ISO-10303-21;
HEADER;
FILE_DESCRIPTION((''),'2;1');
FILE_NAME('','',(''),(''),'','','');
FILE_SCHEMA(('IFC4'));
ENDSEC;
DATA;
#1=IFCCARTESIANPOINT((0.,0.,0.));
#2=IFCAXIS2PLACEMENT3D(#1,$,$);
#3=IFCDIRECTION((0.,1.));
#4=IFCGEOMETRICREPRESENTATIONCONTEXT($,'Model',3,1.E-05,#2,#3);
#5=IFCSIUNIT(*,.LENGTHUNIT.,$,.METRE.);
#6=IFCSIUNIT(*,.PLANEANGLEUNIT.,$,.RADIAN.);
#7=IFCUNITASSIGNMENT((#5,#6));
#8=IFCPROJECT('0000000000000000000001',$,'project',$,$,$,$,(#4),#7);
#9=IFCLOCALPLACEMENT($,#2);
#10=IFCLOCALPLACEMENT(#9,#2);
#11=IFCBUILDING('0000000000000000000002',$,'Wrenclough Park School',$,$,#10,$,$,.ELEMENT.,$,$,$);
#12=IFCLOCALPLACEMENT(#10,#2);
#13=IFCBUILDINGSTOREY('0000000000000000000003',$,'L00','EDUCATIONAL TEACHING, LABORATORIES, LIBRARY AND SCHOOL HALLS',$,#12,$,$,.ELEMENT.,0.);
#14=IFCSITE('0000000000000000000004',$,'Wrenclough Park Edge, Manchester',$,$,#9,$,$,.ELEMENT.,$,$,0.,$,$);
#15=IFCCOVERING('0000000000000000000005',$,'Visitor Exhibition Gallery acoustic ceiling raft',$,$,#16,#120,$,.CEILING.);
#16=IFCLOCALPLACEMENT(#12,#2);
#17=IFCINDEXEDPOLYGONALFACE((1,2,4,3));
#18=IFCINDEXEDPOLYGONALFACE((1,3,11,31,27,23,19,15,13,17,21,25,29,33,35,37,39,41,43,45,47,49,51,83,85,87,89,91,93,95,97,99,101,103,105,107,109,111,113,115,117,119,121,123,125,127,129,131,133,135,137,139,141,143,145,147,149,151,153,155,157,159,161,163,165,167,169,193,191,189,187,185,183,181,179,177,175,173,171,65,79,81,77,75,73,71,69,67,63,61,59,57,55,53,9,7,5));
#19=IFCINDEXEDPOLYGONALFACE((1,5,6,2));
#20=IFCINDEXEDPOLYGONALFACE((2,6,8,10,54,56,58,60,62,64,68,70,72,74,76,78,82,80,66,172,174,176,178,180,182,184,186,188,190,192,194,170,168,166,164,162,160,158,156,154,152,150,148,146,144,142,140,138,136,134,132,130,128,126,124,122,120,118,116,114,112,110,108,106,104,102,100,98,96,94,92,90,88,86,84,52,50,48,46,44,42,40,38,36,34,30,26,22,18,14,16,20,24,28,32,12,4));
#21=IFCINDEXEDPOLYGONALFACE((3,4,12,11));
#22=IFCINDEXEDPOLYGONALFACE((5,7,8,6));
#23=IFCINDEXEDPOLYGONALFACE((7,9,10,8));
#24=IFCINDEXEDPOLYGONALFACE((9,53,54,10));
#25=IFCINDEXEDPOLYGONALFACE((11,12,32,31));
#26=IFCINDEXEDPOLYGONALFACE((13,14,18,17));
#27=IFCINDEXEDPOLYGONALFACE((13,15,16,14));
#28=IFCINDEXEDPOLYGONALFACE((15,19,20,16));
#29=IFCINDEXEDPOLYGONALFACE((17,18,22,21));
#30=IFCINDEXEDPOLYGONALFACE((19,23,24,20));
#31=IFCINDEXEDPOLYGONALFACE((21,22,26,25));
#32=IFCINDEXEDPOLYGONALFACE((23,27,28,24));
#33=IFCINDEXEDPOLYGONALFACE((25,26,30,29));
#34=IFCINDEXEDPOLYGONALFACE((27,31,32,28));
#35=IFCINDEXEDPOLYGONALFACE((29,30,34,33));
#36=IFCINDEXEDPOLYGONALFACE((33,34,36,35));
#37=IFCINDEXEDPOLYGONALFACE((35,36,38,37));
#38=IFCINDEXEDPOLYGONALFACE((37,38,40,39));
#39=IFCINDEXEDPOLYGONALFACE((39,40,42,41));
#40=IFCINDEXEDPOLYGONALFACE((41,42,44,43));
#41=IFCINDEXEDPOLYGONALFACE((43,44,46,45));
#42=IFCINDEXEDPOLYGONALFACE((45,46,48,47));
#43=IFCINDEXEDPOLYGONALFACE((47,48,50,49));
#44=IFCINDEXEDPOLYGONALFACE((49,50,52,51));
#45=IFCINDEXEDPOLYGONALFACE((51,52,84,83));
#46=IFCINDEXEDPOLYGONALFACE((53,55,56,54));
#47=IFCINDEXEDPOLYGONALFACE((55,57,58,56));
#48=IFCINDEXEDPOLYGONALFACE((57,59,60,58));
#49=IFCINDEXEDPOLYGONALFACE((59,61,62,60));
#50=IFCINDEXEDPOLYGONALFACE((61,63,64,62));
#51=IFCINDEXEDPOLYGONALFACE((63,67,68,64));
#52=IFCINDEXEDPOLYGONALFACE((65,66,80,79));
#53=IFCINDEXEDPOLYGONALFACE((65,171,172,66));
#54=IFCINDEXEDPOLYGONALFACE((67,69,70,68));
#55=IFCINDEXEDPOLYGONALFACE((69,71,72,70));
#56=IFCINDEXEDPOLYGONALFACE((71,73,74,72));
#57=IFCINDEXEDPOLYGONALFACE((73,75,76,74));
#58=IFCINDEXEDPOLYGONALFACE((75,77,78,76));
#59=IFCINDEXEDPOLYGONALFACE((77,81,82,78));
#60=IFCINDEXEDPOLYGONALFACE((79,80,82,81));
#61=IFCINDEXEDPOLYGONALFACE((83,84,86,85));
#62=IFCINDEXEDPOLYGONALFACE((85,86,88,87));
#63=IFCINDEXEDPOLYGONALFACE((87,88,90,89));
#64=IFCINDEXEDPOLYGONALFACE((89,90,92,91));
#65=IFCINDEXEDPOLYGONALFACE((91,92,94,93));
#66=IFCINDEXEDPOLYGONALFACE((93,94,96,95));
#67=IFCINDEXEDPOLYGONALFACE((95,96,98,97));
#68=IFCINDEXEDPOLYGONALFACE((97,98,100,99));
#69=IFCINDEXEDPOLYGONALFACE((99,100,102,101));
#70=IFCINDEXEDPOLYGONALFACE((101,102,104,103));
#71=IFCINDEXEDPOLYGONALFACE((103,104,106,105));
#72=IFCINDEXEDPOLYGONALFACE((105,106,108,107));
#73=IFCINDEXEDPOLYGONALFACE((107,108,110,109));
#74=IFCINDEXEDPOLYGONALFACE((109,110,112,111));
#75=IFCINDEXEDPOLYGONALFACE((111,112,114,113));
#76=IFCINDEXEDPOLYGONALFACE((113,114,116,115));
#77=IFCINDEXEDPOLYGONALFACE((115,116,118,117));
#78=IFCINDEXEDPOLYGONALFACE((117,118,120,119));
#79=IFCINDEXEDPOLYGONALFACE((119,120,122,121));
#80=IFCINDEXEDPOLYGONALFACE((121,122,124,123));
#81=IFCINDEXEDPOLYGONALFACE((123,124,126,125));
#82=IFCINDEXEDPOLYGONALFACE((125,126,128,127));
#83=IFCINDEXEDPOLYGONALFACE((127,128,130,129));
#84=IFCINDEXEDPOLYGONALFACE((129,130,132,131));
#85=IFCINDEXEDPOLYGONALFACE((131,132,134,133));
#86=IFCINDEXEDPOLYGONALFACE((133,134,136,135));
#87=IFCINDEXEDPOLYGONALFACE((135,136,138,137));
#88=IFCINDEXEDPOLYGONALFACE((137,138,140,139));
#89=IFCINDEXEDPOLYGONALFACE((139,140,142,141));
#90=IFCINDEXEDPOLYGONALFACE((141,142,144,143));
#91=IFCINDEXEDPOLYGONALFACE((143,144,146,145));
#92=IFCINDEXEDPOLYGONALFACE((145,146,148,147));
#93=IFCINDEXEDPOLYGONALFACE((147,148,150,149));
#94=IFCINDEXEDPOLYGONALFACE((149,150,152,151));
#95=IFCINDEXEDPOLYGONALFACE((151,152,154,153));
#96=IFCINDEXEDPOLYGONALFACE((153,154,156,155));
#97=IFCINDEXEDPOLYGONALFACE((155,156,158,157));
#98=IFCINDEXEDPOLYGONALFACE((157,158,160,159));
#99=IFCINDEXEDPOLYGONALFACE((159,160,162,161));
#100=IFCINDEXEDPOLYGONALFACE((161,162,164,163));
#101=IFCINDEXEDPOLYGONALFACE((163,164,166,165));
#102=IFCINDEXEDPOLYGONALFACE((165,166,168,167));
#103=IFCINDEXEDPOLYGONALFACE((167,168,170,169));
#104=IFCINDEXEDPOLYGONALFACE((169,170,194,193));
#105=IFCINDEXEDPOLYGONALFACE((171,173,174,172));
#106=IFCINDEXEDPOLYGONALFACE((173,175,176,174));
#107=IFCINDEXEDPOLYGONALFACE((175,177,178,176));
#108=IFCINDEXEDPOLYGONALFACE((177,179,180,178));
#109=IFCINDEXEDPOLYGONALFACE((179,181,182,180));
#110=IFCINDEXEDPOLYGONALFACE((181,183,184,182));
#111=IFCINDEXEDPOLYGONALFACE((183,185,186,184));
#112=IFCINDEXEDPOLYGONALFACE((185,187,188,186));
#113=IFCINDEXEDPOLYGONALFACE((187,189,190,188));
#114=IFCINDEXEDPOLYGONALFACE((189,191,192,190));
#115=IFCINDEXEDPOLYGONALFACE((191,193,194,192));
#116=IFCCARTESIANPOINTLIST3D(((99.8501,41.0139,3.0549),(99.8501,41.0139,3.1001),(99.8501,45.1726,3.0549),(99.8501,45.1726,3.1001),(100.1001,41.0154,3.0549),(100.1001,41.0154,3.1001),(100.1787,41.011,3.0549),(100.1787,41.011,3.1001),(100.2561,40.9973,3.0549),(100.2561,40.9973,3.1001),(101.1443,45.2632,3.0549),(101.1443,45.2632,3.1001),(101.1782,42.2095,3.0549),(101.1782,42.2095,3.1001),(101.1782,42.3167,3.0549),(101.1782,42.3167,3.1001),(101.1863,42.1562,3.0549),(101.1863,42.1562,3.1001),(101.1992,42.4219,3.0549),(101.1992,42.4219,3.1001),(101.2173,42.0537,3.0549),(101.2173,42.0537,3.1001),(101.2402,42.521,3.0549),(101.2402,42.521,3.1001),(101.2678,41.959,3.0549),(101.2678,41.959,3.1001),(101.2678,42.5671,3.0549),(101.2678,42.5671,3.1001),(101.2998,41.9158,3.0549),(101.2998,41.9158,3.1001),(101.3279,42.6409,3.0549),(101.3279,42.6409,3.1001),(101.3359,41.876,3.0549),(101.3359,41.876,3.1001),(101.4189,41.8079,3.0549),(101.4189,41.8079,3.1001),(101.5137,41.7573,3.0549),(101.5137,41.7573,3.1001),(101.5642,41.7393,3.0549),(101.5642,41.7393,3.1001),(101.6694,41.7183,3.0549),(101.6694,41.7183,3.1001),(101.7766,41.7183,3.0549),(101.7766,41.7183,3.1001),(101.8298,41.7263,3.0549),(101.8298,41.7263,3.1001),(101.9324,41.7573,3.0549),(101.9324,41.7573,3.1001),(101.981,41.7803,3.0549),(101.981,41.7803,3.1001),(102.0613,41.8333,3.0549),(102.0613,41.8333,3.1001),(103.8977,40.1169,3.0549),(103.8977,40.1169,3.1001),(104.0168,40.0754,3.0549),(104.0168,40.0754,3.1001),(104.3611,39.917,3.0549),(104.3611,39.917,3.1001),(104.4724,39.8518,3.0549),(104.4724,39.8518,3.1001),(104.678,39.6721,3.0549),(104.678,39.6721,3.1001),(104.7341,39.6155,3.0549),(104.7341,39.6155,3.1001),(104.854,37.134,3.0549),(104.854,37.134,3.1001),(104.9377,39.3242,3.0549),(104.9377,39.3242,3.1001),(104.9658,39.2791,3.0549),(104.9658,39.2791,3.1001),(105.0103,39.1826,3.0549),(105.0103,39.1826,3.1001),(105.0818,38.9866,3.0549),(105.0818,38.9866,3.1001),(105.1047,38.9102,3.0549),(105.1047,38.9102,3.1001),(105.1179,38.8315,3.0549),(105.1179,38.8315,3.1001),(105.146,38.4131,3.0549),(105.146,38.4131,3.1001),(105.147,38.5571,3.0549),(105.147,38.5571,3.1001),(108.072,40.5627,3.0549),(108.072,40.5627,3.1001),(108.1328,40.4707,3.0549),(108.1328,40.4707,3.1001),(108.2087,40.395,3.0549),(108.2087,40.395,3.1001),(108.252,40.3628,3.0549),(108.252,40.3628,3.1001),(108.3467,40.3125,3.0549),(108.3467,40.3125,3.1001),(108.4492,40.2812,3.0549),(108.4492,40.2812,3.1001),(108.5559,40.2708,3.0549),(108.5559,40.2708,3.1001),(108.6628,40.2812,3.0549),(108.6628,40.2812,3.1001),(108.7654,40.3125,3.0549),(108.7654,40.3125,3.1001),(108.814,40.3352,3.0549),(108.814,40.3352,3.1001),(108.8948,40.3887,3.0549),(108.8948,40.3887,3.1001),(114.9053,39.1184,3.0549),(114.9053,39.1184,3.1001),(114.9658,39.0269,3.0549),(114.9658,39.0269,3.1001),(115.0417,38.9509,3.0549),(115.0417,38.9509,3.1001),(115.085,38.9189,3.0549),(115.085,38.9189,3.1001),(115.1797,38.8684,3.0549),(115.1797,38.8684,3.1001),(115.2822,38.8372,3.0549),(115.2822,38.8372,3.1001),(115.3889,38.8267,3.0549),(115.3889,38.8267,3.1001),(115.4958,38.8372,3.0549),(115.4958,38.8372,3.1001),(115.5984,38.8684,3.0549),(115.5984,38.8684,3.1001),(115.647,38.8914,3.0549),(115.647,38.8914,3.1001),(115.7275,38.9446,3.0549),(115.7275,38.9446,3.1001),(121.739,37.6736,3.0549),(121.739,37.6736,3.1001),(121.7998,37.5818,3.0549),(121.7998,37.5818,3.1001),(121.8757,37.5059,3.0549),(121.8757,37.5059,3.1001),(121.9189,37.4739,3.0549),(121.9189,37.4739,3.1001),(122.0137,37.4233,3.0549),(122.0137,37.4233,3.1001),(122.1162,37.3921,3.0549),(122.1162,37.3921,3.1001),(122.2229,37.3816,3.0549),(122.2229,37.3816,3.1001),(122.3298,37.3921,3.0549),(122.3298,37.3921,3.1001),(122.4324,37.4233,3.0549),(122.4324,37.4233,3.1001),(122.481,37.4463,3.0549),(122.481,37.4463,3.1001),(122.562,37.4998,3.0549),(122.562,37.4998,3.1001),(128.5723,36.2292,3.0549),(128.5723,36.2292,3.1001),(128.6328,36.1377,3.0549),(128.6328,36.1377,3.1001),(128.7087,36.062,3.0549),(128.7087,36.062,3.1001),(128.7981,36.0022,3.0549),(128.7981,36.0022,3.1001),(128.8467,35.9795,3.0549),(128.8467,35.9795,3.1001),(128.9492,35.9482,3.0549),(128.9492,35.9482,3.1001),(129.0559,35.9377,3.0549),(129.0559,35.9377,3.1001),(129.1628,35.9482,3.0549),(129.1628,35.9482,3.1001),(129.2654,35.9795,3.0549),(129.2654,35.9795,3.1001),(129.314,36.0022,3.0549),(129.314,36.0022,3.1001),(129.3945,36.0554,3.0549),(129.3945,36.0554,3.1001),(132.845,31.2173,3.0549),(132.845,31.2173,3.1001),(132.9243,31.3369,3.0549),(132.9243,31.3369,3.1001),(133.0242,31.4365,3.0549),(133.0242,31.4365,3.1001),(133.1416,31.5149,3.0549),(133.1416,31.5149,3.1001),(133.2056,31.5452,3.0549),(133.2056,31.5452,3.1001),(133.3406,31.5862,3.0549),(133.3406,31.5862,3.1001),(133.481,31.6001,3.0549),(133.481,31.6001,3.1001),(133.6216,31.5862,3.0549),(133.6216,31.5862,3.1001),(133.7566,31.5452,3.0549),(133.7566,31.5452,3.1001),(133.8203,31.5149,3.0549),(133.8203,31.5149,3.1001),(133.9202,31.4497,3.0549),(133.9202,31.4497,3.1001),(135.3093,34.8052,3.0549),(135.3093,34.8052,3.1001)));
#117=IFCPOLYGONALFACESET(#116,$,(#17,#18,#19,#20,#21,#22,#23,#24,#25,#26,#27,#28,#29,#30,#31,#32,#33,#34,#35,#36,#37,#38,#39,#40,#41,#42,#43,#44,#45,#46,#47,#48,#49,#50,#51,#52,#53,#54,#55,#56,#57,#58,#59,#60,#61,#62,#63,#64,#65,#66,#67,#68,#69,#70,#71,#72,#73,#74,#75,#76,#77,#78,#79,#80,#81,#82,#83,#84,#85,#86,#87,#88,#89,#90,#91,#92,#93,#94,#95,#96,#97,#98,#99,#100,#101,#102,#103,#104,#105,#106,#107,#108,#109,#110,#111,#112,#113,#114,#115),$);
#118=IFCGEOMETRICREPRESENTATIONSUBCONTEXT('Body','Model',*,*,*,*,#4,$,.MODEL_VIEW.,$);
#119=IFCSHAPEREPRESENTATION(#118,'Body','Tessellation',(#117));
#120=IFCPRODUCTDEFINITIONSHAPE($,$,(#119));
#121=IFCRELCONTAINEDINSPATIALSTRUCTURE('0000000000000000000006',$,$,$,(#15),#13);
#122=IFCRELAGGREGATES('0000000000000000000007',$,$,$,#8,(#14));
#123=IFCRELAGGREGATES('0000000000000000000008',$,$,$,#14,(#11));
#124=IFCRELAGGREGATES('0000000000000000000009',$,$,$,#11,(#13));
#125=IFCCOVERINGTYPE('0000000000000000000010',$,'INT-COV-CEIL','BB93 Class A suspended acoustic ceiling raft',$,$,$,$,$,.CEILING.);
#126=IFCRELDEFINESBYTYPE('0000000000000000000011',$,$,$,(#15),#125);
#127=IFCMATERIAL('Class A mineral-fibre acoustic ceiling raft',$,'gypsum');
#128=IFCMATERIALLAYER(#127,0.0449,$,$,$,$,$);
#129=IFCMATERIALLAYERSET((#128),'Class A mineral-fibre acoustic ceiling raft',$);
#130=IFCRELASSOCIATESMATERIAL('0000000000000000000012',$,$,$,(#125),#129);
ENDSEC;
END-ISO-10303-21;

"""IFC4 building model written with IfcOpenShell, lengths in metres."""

from ifc_helpers import new_model, si_unit, direction, frame, origin, place, context, subcontext, project, spatial, polyline, outline, extrude, material, layer, layer_set, type_object, element, save


model = new_model("IFC4")

# Units and contexts
model_context = context("Model", 3, precision=1e-05, world=origin(), true_north=direction((0.0, 1.0)))
body_context = subcontext(model_context, "Body", "Model", "MODEL_VIEW")
ifc_project = project(units=[si_unit("LENGTHUNIT", "METRE"), si_unit("PLANEANGLEUNIT", "RADIAN")], contexts=[model_context])

# Site, building, storey
site_placement = place(None, origin())
site = spatial("IfcSite", under=ifc_project, at=site_placement, Name="Wrenclough Park Edge, Manchester", CompositionType="ELEMENT", RefElevation=0.0)
building_placement = place(site_placement, origin())
building = spatial("IfcBuilding", under=site, at=building_placement, Name="Wrenclough Park School", CompositionType="ELEMENT")
storey_placement = place(building_placement, origin())
storey = spatial("IfcBuildingStorey", under=building, at=storey_placement, Name="L00", Description="EDUCATIONAL TEACHING, LABORATORIES, LIBRARY AND SCHOOL HALLS", CompositionType="ELEMENT", Elevation=0.0)

# Covering
ifc_material_1 = material(Name="Class A mineral-fibre acoustic ceiling raft", Category="gypsum")
ifc_layer_1 = layer(ifc_material_1, 0.0449)
ifc_layer_set_1 = layer_set([ifc_layer_1], Name="Class A mineral-fibre acoustic ceiling raft")
covering_type_1 = type_object("IfcCoveringType", Name="INT-COV-CEIL", Description="BB93 Class A suspended acoustic ceiling raft", PredefinedType="CEILING", material=ifc_layer_set_1)
covering_1_placement = place(storey_placement, frame((0.0, 0.0, 3.0549)))
element("IfcCovering", 1, at=covering_1_placement, inside=storey, type_object=covering_type_1, Name="Visitor Exhibition Gallery acoustic ceiling raft", PredefinedType="CEILING", context=body_context, shape_type="SweptSolid", body=[
    extrude(outline(polyline([(99.8501, 45.1726), (99.8501, 41.0139), (100.1001, 41.0154), (100.1787, 41.011), (100.2561, 40.9973), (103.8977, 40.1169), (104.0168, 40.0754), (104.3611, 39.917), (104.4724, 39.8518), (104.678, 39.6721), (104.7341, 39.6155), (104.9377, 39.3242), (104.9658, 39.2791), (105.0103, 39.1826), (105.0818, 38.9866), (105.1047, 38.9102), (105.1179, 38.8315), (105.147, 38.5571), (105.146, 38.4131), (104.854, 37.134), (132.845, 31.2173), (132.9243, 31.3369), (133.0242, 31.4365), (133.1416, 31.5149), (133.2056, 31.5452), (133.3406, 31.5862), (133.481, 31.6001), (133.6216, 31.5862), (133.7566, 31.5452), (133.8203, 31.5149), (133.9202, 31.4497), (135.3093, 34.8052), (129.3945, 36.0554), (129.314, 36.0022), (129.2654, 35.9795), (129.1628, 35.9482), (129.0559, 35.9377), (128.9492, 35.9482), (128.8467, 35.9795), (128.7981, 36.0022), (128.7087, 36.062), (128.6328, 36.1377), (128.5723, 36.2292), (122.562, 37.4998), (122.481, 37.4463), (122.4324, 37.4233), (122.3298, 37.3921), (122.2229, 37.3816), (122.1162, 37.3921), (122.0137, 37.4233), (121.9189, 37.4739), (121.8757, 37.5059), (121.7998, 37.5818), (121.739, 37.6736), (115.7275, 38.9446), (115.647, 38.8914), (115.5984, 38.8684), (115.4958, 38.8372), (115.3889, 38.8267), (115.2822, 38.8372), (115.1797, 38.8684), (115.085, 38.9189), (115.0417, 38.9509), (114.9658, 39.0269), (114.9053, 39.1184), (108.8948, 40.3887), (108.814, 40.3352), (108.7654, 40.3125), (108.6628, 40.2812), (108.5559, 40.2708), (108.4492, 40.2812), (108.3467, 40.3125), (108.252, 40.3628), (108.2087, 40.395), (108.1328, 40.4707), (108.072, 40.5627), (102.0613, 41.8333), (101.981, 41.7803), (101.9324, 41.7573), (101.8298, 41.7263), (101.7766, 41.7183), (101.6694, 41.7183), (101.5642, 41.7393), (101.5137, 41.7573), (101.4189, 41.8079), (101.3359, 41.876), (101.2998, 41.9158), (101.2678, 41.959), (101.2173, 42.0537), (101.1863, 42.1562), (101.1782, 42.2095), (101.1782, 42.3167), (101.1992, 42.4219), (101.2402, 42.521), (101.2678, 42.5671), (101.3279, 42.6409), (101.1443, 45.2632), (99.8501, 45.1726)])), origin(), (0.0, 0.0, 1.0), 0.0452),
])

save(model, "model.ifc")
